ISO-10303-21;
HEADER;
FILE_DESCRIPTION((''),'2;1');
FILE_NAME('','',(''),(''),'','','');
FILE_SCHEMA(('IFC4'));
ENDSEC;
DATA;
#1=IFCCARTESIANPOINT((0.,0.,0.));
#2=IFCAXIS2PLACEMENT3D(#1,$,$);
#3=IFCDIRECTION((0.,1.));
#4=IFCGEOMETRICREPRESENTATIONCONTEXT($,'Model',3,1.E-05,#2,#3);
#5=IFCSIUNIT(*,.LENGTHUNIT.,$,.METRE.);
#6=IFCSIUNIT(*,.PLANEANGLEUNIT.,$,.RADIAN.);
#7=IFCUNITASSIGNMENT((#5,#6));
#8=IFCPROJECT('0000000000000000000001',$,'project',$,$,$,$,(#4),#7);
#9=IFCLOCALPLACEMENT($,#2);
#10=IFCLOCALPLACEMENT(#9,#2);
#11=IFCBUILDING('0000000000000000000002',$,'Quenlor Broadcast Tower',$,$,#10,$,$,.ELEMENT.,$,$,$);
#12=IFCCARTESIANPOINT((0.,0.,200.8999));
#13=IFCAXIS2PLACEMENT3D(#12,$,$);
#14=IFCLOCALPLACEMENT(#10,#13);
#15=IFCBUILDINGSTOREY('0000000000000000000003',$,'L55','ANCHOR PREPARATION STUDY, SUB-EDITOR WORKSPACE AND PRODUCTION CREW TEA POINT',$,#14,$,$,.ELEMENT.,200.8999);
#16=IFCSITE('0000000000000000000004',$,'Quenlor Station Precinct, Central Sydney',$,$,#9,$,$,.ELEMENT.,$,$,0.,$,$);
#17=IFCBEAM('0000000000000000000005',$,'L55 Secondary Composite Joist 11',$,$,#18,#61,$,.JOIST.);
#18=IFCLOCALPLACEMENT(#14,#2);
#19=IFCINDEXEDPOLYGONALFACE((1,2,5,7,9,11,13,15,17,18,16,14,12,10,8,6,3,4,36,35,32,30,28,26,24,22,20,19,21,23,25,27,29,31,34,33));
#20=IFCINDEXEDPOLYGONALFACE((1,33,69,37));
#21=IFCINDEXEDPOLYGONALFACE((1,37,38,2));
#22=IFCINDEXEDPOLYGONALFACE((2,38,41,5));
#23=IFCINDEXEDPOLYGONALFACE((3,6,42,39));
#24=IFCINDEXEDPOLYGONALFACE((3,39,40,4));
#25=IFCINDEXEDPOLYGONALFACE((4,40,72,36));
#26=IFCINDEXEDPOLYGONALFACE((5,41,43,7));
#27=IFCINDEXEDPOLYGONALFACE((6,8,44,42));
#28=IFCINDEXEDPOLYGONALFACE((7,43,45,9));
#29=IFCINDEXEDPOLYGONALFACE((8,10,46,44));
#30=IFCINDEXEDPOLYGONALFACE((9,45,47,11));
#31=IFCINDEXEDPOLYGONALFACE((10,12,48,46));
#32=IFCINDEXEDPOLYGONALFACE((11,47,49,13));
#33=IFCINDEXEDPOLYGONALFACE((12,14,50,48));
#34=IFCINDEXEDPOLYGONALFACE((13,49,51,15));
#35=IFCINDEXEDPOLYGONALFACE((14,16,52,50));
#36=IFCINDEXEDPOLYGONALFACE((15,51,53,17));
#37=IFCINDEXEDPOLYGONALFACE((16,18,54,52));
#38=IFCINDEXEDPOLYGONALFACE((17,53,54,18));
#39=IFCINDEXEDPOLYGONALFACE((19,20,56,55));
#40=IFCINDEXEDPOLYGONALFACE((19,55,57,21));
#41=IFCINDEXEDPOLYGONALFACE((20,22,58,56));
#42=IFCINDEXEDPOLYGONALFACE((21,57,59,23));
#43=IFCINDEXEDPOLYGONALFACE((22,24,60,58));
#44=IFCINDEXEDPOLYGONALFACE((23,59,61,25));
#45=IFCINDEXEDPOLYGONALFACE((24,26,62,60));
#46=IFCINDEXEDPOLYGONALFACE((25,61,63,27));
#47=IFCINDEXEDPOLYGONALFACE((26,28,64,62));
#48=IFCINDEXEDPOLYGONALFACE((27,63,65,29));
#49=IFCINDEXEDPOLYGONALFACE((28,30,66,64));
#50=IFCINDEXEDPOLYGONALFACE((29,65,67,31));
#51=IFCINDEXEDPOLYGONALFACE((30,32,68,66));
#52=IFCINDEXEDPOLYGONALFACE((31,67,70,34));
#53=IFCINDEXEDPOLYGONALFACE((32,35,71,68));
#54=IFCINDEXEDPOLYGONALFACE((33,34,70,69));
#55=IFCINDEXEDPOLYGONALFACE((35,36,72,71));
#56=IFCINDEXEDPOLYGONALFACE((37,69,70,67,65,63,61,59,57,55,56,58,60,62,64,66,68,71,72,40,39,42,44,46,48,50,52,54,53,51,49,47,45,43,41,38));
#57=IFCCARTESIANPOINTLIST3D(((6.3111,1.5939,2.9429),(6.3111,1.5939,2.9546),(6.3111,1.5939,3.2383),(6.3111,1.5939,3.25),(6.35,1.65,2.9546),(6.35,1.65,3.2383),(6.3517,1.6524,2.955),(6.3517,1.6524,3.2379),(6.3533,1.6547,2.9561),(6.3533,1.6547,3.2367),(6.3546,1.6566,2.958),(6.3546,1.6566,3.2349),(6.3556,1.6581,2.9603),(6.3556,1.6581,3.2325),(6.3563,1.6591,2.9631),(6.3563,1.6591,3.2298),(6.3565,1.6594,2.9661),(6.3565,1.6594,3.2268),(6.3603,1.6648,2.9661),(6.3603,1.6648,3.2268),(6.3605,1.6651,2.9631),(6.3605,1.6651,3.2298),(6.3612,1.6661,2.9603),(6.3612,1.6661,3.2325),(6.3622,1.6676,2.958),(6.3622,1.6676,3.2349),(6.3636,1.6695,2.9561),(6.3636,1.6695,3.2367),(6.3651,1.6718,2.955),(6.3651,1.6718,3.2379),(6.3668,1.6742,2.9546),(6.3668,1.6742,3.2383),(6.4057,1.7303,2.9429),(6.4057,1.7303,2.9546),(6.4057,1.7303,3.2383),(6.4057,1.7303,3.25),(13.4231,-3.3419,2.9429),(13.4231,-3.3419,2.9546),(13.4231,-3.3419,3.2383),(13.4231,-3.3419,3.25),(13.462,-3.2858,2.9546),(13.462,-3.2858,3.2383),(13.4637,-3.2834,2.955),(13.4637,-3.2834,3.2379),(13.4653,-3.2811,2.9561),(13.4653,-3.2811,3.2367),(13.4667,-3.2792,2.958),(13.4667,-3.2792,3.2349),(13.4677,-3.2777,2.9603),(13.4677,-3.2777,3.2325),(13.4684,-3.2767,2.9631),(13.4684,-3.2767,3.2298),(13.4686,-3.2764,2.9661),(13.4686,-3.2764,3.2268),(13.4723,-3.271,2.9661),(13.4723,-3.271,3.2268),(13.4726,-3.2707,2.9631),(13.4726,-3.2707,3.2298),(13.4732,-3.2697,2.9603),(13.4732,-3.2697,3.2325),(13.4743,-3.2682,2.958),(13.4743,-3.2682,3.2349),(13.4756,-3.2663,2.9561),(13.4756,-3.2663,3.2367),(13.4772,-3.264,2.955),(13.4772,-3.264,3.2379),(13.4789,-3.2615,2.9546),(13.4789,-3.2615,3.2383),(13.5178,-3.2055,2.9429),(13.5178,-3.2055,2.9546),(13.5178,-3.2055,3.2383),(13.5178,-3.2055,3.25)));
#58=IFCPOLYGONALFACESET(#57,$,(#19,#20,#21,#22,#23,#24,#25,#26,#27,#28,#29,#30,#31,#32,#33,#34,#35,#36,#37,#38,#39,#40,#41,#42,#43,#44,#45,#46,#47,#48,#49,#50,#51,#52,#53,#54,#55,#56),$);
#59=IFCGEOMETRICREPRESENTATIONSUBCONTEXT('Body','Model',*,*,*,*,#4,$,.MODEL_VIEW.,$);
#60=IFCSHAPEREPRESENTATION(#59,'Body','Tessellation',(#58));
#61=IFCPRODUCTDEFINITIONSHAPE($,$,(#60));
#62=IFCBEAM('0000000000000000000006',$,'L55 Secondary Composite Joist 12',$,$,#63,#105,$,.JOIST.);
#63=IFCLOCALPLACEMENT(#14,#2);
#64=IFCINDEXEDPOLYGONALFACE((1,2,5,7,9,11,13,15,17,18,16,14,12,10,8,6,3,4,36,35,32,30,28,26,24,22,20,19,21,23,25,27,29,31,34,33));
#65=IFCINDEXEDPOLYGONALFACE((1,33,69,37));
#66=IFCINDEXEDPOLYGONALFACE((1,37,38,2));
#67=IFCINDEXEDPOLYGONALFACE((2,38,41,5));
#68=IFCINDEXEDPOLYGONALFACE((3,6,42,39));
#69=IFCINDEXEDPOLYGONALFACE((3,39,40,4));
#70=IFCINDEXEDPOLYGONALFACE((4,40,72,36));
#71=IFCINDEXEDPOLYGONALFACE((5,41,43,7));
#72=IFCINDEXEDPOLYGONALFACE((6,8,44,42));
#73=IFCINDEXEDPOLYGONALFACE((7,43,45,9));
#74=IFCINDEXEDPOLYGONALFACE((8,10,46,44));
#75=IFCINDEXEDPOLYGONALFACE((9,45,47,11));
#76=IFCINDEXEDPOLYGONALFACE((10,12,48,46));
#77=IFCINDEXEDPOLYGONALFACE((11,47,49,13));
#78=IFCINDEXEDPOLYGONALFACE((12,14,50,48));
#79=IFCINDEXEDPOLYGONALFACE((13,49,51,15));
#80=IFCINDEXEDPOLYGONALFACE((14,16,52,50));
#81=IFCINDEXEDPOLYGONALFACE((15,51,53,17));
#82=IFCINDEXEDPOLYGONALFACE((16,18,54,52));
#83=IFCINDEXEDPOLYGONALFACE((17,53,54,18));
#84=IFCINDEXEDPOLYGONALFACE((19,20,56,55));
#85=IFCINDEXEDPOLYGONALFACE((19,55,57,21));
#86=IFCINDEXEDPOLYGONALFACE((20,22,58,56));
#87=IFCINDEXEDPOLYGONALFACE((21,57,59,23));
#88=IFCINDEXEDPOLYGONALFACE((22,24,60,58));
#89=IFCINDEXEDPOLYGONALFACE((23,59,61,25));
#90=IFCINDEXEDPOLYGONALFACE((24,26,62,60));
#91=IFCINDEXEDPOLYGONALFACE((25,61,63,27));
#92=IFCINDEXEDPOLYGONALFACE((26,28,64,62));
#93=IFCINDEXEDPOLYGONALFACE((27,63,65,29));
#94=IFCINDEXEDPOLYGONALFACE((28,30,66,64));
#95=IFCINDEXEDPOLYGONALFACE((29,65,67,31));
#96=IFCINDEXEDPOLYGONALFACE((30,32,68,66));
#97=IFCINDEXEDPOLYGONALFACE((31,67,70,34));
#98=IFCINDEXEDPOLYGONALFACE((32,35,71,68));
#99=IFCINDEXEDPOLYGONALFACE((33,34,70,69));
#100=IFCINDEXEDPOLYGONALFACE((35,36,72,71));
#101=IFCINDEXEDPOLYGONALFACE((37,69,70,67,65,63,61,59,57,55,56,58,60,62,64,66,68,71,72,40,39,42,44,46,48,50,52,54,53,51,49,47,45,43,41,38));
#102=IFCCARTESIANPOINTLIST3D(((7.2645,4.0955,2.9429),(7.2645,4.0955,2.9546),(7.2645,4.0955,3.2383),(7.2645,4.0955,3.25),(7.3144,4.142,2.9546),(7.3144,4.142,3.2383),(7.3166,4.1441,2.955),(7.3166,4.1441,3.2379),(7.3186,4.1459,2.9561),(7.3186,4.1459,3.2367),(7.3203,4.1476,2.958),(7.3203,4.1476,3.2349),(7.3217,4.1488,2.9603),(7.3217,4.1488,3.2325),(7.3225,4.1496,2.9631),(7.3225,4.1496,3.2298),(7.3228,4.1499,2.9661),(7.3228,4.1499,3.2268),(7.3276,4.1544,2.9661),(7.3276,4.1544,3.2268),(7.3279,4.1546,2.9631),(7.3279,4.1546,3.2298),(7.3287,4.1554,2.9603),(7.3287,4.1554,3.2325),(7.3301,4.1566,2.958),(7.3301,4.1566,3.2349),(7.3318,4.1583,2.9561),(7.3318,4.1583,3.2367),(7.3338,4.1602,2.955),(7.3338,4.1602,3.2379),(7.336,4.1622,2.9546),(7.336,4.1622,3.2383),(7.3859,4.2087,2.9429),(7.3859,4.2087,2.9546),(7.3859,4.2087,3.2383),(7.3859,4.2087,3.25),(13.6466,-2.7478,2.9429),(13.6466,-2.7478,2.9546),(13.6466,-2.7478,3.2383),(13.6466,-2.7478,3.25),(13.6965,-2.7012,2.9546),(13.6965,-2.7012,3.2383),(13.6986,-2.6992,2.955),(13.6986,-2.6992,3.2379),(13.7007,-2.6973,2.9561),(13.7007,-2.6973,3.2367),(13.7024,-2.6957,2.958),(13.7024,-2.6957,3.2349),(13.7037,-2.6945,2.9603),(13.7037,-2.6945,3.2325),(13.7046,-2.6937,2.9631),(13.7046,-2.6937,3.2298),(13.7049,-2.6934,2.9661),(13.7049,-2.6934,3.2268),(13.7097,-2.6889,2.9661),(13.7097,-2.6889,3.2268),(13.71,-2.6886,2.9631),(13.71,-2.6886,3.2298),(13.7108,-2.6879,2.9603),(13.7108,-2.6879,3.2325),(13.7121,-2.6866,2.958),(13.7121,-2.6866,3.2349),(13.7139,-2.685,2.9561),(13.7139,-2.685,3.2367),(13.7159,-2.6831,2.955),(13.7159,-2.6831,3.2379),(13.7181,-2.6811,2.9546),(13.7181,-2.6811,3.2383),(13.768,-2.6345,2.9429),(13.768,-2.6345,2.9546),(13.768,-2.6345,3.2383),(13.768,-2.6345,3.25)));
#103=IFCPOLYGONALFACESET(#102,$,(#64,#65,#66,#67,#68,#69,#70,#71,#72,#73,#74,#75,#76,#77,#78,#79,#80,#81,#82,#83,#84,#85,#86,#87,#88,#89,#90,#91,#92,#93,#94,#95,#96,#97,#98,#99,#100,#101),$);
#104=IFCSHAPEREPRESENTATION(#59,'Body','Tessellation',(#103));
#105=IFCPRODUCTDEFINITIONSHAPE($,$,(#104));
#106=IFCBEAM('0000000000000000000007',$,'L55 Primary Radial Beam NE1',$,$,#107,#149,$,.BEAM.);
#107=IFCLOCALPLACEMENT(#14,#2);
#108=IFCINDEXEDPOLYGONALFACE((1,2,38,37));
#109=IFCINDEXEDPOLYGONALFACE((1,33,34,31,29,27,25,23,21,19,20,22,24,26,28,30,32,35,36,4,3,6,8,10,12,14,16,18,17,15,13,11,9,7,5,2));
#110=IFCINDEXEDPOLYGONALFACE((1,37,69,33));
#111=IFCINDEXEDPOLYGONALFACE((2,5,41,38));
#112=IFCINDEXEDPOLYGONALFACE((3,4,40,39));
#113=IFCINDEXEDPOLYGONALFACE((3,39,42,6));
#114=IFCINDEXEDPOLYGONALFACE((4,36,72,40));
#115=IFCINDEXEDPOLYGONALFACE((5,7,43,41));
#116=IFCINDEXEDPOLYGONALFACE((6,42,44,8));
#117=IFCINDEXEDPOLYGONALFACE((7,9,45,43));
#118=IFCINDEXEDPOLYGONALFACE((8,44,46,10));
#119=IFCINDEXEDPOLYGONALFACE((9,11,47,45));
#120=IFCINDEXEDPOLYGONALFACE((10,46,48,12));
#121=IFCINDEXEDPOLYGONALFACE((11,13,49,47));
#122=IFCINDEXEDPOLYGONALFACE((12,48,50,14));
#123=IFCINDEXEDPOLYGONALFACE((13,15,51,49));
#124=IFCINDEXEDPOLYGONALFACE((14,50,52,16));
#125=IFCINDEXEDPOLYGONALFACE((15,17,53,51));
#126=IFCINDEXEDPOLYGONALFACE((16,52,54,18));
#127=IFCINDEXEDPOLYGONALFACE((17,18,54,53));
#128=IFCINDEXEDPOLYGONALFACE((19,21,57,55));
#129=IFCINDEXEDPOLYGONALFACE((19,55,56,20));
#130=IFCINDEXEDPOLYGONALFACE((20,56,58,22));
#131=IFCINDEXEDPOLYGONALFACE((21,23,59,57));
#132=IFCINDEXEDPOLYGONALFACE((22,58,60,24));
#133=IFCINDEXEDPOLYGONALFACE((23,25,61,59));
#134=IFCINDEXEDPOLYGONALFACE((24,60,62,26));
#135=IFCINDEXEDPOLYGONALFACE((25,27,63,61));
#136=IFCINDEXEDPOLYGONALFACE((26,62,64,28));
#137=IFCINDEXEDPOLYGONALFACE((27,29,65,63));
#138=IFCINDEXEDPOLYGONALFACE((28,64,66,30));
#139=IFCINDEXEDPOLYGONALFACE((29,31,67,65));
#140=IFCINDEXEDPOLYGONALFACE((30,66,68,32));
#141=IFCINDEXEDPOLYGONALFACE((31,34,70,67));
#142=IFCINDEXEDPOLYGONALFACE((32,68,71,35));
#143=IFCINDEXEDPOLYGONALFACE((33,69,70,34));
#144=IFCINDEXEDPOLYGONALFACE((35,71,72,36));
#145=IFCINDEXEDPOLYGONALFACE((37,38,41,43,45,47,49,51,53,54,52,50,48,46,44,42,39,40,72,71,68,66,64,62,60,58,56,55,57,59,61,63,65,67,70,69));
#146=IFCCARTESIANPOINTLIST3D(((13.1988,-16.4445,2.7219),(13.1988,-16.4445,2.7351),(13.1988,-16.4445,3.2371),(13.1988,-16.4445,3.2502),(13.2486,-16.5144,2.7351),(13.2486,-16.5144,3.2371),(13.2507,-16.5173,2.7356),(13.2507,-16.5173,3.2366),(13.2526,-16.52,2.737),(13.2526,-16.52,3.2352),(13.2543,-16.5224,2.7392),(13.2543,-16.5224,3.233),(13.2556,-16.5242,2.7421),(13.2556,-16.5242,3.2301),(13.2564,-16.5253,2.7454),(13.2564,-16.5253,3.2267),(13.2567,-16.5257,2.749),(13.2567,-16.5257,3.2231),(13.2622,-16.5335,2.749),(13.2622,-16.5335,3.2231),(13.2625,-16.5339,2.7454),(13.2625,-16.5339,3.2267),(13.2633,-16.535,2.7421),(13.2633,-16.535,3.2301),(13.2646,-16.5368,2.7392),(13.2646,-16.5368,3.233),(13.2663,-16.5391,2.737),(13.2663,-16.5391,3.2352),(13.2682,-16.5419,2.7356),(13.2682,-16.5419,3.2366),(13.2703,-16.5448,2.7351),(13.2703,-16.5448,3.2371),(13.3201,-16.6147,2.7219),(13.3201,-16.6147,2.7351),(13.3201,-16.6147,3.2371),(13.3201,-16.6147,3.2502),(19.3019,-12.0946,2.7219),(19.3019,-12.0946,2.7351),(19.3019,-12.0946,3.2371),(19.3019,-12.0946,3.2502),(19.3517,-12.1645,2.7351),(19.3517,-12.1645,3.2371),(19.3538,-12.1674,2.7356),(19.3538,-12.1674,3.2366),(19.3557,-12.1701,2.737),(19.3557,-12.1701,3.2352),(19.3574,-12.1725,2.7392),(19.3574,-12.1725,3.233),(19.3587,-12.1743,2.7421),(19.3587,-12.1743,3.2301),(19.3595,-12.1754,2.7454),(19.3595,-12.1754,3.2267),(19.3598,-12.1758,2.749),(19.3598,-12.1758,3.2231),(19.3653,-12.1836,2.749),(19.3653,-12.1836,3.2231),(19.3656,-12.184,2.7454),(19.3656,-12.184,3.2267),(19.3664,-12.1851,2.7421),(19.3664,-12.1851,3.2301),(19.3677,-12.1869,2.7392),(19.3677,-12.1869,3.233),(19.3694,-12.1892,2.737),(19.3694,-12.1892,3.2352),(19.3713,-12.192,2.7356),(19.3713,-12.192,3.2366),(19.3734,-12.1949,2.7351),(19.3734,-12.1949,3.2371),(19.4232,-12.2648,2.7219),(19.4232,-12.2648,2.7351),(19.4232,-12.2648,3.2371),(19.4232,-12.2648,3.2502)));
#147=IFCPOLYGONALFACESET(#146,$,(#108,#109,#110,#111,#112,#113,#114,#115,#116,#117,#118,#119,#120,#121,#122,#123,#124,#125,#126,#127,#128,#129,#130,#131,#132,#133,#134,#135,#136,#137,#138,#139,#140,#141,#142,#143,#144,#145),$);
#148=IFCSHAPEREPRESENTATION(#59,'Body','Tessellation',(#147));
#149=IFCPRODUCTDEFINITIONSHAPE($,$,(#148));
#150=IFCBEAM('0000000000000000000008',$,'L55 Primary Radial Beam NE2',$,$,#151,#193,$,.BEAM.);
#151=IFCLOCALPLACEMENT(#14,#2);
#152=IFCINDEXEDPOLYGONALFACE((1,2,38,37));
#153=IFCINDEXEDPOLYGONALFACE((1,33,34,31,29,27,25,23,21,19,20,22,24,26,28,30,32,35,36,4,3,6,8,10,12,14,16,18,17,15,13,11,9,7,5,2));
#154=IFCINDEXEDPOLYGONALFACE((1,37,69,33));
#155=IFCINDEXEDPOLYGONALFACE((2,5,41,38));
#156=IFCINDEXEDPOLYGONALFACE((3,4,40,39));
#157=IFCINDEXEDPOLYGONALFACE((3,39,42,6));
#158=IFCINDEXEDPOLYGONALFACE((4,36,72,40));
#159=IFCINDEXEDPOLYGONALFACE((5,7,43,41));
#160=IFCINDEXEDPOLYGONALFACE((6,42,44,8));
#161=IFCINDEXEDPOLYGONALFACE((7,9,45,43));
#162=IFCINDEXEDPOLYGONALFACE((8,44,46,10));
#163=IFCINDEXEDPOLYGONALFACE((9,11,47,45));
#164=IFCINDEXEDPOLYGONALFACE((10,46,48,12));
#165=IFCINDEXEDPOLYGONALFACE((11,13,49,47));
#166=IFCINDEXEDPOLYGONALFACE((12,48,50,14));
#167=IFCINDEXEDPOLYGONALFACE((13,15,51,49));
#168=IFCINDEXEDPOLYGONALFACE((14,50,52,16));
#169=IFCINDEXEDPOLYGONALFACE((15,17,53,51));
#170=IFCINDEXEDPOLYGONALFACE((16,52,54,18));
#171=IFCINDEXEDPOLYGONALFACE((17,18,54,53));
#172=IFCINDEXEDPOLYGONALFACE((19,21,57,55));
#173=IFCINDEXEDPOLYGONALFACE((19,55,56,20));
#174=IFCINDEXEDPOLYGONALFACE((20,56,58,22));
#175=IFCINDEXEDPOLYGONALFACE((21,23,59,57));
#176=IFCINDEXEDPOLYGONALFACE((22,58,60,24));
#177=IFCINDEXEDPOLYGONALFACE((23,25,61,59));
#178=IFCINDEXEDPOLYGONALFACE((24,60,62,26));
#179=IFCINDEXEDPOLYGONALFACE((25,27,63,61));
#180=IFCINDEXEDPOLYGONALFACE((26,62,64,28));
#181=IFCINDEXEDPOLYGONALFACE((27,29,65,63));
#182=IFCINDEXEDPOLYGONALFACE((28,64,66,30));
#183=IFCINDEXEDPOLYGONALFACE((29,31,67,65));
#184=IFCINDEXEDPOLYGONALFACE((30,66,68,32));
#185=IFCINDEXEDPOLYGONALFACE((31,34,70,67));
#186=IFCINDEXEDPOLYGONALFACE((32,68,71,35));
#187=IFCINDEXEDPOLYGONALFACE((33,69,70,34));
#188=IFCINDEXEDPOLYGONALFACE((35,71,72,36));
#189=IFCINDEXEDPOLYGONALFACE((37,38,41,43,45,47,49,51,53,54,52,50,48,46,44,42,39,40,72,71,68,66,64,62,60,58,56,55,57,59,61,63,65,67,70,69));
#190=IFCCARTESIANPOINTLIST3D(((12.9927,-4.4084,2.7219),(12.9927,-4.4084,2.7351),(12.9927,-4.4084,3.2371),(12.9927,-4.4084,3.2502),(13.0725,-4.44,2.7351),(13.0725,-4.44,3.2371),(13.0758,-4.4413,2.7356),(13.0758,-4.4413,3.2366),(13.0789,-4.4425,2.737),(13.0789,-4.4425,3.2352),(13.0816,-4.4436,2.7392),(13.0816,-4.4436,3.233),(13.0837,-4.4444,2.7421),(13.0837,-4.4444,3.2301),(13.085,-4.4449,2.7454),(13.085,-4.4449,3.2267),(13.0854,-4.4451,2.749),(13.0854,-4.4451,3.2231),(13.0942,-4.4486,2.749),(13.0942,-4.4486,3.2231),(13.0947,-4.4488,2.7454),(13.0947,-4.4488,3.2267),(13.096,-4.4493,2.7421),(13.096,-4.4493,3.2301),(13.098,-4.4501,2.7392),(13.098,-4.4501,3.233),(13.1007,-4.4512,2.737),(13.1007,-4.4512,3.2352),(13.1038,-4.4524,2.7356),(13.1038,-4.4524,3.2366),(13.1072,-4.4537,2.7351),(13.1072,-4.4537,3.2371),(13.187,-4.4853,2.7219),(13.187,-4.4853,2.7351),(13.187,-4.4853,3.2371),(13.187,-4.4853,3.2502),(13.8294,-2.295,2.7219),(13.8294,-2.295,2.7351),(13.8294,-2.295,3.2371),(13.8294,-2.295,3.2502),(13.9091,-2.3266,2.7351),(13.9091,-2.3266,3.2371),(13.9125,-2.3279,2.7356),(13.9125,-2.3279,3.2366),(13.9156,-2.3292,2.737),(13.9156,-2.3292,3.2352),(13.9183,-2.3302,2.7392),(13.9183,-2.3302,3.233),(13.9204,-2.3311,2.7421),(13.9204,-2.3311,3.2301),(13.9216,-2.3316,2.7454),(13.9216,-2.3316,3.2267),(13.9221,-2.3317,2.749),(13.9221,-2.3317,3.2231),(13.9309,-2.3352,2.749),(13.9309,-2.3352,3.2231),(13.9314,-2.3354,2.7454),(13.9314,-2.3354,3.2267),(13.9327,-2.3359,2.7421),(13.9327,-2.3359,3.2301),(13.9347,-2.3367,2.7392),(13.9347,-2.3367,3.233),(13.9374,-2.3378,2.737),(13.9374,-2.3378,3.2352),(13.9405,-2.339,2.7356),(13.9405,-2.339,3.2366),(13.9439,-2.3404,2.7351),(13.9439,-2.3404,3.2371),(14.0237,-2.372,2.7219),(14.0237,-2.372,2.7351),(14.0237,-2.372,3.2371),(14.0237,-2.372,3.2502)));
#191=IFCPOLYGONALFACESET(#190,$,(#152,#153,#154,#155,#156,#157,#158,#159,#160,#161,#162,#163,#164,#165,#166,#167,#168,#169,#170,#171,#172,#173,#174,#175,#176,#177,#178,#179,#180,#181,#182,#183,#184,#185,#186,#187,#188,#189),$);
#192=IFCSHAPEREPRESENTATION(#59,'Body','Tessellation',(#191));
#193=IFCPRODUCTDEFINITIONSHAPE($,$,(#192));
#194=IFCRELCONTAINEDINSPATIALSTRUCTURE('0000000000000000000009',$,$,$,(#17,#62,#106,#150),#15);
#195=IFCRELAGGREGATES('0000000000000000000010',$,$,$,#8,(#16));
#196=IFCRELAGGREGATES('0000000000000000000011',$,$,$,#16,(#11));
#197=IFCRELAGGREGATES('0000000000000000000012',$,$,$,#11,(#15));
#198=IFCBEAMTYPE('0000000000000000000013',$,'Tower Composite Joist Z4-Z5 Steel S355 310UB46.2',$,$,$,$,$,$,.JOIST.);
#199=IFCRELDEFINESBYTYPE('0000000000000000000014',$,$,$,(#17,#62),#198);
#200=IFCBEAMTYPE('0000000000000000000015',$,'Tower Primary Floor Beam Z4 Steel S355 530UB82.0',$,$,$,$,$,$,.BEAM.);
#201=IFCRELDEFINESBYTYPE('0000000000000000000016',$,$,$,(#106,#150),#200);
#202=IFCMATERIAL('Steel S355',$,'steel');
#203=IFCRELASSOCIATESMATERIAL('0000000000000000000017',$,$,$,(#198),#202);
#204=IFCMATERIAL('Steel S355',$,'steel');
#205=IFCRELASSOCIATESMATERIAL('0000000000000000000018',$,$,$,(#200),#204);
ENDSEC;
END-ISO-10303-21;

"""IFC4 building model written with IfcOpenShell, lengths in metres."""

from ifc_helpers import new_model, si_unit, direction, frame, origin, origin_2d, place, context, subcontext, project, spatial, i_section, extrude, material, material_profile, profile_set, type_object, element, save


model = new_model("IFC4")

# Units and contexts
model_context = context("Model", 3, precision=1e-05, world=origin(), true_north=direction((0.0, 1.0)))
body_context = subcontext(model_context, "Body", "Model", "MODEL_VIEW")
ifc_project = project(units=[si_unit("LENGTHUNIT", "METRE"), si_unit("PLANEANGLEUNIT", "RADIAN")], contexts=[model_context])

# Site, building, storey
site_placement = place(None, origin())
site = spatial("IfcSite", under=ifc_project, at=site_placement, Name="Quenlor Station Precinct, Central Sydney", CompositionType="ELEMENT", RefElevation=0.0)
building_placement = place(site_placement, origin())
building = spatial("IfcBuilding", under=site, at=building_placement, Name="Quenlor Broadcast Tower", CompositionType="ELEMENT")
storey_placement = place(building_placement, frame((0.0, 0.0, 200.8999)))
storey = spatial("IfcBuildingStorey", under=building, at=storey_placement, Name="L55", Description="ANCHOR PREPARATION STUDY, SUB-EDITOR WORKSPACE AND PRODUCTION CREW TEA POINT", CompositionType="ELEMENT", Elevation=200.8999)

# Beams
ifc_material_1 = material(Name="Steel S355", Category="steel")
ifc_material_profile_1 = material_profile(ifc_material_1, i_section(OverallWidth=0.166, OverallDepth=0.3071, WebThickness=0.0066, FlangeThickness=0.0117, FilletRadius=0.0115, at=origin_2d()))
ifc_profile_set_1 = profile_set([ifc_material_profile_1], Name="Steel S355 310UB46.2")
beam_type_1 = type_object("IfcBeamType", Name="Tower Composite Joist Z4-Z5 Steel S355 310UB46.2", PredefinedType="JOIST", material=ifc_profile_set_1)
beam_1_placement = place(storey_placement, frame((13.4705, -3.2737, 3.0964), z_axis=(-0.82154, 0.570151, 0.0), x_axis=(-0.570151, -0.82154, 0.0)))
element("IfcBeam", 1, at=beam_1_placement, inside=storey, type_object=beam_type_1, Name="L55 Secondary Composite Joist 11", PredefinedType="JOIST", context=body_context, shape_type="SweptSolid", body=[
    extrude(i_section(OverallWidth=0.166, OverallDepth=0.3071, WebThickness=0.0066, FlangeThickness=0.0117, FilletRadius=0.0115, at=origin_2d()), origin(), (0.0, 0.0, 1.0), 8.657),
])
beam_2_placement = place(storey_placement, frame((13.7073, -2.6912, 3.0964), z_axis=(-0.682035, 0.73132, 0.0), x_axis=(-0.73132, -0.682035, 0.0)))
element("IfcBeam", 2, at=beam_2_placement, inside=storey, type_object=beam_type_1, Name="L55 Secondary Composite Joist 12", PredefinedType="JOIST", context=body_context, shape_type="SweptSolid", body=[
    extrude(i_section(OverallWidth=0.166, OverallDepth=0.3071, WebThickness=0.0066, FlangeThickness=0.0117, FilletRadius=0.0115, at=origin_2d()), origin(), (0.0, 0.0, 1.0), 9.3574),
])
ifc_material_2 = material(Name="Steel S355", Category="steel")
ifc_material_profile_2 = material_profile(ifc_material_2, i_section(OverallWidth=0.209, OverallDepth=0.5283, WebThickness=0.0095, FlangeThickness=0.0132, FilletRadius=0.0139, at=origin_2d()))
ifc_profile_set_2 = profile_set([ifc_material_profile_2], Name="Steel S355 530UB82.0")
beam_type_2 = type_object("IfcBeamType", Name="Tower Primary Floor Beam Z4 Steel S355 530UB82.0", PredefinedType="BEAM", material=ifc_profile_set_2)
beam_3_placement = place(storey_placement, frame((19.3625, -12.1797, 2.9861), z_axis=(-0.81433, -0.580403, 0.0), x_axis=(0.580403, -0.81433, 0.0)))
element("IfcBeam", 3, at=beam_3_placement, inside=storey, type_object=beam_type_2, Name="L55 Primary Radial Beam NE1", PredefinedType="BEAM", context=body_context, shape_type="SweptSolid", body=[
    extrude(i_section(OverallWidth=0.209, OverallDepth=0.5283, WebThickness=0.0095, FlangeThickness=0.0132, FilletRadius=0.0139, at=origin_2d()), origin(), (0.0, 0.0, 1.0), 7.4946),
])
beam_4_placement = place(storey_placement, frame((13.9265, -2.3335, 2.9861), z_axis=(-0.36811, -0.929782, 0.0), x_axis=(0.929782, -0.36811, 0.0)))
element("IfcBeam", 4, at=beam_4_placement, inside=storey, type_object=beam_type_2, Name="L55 Primary Radial Beam NE2", PredefinedType="BEAM", context=body_context, shape_type="SweptSolid", body=[
    extrude(i_section(OverallWidth=0.209, OverallDepth=0.5283, WebThickness=0.0095, FlangeThickness=0.0132, FilletRadius=0.0139, at=origin_2d()), origin(), (0.0, 0.0, 1.0), 2.2729),
])

save(model, "model.ifc")
